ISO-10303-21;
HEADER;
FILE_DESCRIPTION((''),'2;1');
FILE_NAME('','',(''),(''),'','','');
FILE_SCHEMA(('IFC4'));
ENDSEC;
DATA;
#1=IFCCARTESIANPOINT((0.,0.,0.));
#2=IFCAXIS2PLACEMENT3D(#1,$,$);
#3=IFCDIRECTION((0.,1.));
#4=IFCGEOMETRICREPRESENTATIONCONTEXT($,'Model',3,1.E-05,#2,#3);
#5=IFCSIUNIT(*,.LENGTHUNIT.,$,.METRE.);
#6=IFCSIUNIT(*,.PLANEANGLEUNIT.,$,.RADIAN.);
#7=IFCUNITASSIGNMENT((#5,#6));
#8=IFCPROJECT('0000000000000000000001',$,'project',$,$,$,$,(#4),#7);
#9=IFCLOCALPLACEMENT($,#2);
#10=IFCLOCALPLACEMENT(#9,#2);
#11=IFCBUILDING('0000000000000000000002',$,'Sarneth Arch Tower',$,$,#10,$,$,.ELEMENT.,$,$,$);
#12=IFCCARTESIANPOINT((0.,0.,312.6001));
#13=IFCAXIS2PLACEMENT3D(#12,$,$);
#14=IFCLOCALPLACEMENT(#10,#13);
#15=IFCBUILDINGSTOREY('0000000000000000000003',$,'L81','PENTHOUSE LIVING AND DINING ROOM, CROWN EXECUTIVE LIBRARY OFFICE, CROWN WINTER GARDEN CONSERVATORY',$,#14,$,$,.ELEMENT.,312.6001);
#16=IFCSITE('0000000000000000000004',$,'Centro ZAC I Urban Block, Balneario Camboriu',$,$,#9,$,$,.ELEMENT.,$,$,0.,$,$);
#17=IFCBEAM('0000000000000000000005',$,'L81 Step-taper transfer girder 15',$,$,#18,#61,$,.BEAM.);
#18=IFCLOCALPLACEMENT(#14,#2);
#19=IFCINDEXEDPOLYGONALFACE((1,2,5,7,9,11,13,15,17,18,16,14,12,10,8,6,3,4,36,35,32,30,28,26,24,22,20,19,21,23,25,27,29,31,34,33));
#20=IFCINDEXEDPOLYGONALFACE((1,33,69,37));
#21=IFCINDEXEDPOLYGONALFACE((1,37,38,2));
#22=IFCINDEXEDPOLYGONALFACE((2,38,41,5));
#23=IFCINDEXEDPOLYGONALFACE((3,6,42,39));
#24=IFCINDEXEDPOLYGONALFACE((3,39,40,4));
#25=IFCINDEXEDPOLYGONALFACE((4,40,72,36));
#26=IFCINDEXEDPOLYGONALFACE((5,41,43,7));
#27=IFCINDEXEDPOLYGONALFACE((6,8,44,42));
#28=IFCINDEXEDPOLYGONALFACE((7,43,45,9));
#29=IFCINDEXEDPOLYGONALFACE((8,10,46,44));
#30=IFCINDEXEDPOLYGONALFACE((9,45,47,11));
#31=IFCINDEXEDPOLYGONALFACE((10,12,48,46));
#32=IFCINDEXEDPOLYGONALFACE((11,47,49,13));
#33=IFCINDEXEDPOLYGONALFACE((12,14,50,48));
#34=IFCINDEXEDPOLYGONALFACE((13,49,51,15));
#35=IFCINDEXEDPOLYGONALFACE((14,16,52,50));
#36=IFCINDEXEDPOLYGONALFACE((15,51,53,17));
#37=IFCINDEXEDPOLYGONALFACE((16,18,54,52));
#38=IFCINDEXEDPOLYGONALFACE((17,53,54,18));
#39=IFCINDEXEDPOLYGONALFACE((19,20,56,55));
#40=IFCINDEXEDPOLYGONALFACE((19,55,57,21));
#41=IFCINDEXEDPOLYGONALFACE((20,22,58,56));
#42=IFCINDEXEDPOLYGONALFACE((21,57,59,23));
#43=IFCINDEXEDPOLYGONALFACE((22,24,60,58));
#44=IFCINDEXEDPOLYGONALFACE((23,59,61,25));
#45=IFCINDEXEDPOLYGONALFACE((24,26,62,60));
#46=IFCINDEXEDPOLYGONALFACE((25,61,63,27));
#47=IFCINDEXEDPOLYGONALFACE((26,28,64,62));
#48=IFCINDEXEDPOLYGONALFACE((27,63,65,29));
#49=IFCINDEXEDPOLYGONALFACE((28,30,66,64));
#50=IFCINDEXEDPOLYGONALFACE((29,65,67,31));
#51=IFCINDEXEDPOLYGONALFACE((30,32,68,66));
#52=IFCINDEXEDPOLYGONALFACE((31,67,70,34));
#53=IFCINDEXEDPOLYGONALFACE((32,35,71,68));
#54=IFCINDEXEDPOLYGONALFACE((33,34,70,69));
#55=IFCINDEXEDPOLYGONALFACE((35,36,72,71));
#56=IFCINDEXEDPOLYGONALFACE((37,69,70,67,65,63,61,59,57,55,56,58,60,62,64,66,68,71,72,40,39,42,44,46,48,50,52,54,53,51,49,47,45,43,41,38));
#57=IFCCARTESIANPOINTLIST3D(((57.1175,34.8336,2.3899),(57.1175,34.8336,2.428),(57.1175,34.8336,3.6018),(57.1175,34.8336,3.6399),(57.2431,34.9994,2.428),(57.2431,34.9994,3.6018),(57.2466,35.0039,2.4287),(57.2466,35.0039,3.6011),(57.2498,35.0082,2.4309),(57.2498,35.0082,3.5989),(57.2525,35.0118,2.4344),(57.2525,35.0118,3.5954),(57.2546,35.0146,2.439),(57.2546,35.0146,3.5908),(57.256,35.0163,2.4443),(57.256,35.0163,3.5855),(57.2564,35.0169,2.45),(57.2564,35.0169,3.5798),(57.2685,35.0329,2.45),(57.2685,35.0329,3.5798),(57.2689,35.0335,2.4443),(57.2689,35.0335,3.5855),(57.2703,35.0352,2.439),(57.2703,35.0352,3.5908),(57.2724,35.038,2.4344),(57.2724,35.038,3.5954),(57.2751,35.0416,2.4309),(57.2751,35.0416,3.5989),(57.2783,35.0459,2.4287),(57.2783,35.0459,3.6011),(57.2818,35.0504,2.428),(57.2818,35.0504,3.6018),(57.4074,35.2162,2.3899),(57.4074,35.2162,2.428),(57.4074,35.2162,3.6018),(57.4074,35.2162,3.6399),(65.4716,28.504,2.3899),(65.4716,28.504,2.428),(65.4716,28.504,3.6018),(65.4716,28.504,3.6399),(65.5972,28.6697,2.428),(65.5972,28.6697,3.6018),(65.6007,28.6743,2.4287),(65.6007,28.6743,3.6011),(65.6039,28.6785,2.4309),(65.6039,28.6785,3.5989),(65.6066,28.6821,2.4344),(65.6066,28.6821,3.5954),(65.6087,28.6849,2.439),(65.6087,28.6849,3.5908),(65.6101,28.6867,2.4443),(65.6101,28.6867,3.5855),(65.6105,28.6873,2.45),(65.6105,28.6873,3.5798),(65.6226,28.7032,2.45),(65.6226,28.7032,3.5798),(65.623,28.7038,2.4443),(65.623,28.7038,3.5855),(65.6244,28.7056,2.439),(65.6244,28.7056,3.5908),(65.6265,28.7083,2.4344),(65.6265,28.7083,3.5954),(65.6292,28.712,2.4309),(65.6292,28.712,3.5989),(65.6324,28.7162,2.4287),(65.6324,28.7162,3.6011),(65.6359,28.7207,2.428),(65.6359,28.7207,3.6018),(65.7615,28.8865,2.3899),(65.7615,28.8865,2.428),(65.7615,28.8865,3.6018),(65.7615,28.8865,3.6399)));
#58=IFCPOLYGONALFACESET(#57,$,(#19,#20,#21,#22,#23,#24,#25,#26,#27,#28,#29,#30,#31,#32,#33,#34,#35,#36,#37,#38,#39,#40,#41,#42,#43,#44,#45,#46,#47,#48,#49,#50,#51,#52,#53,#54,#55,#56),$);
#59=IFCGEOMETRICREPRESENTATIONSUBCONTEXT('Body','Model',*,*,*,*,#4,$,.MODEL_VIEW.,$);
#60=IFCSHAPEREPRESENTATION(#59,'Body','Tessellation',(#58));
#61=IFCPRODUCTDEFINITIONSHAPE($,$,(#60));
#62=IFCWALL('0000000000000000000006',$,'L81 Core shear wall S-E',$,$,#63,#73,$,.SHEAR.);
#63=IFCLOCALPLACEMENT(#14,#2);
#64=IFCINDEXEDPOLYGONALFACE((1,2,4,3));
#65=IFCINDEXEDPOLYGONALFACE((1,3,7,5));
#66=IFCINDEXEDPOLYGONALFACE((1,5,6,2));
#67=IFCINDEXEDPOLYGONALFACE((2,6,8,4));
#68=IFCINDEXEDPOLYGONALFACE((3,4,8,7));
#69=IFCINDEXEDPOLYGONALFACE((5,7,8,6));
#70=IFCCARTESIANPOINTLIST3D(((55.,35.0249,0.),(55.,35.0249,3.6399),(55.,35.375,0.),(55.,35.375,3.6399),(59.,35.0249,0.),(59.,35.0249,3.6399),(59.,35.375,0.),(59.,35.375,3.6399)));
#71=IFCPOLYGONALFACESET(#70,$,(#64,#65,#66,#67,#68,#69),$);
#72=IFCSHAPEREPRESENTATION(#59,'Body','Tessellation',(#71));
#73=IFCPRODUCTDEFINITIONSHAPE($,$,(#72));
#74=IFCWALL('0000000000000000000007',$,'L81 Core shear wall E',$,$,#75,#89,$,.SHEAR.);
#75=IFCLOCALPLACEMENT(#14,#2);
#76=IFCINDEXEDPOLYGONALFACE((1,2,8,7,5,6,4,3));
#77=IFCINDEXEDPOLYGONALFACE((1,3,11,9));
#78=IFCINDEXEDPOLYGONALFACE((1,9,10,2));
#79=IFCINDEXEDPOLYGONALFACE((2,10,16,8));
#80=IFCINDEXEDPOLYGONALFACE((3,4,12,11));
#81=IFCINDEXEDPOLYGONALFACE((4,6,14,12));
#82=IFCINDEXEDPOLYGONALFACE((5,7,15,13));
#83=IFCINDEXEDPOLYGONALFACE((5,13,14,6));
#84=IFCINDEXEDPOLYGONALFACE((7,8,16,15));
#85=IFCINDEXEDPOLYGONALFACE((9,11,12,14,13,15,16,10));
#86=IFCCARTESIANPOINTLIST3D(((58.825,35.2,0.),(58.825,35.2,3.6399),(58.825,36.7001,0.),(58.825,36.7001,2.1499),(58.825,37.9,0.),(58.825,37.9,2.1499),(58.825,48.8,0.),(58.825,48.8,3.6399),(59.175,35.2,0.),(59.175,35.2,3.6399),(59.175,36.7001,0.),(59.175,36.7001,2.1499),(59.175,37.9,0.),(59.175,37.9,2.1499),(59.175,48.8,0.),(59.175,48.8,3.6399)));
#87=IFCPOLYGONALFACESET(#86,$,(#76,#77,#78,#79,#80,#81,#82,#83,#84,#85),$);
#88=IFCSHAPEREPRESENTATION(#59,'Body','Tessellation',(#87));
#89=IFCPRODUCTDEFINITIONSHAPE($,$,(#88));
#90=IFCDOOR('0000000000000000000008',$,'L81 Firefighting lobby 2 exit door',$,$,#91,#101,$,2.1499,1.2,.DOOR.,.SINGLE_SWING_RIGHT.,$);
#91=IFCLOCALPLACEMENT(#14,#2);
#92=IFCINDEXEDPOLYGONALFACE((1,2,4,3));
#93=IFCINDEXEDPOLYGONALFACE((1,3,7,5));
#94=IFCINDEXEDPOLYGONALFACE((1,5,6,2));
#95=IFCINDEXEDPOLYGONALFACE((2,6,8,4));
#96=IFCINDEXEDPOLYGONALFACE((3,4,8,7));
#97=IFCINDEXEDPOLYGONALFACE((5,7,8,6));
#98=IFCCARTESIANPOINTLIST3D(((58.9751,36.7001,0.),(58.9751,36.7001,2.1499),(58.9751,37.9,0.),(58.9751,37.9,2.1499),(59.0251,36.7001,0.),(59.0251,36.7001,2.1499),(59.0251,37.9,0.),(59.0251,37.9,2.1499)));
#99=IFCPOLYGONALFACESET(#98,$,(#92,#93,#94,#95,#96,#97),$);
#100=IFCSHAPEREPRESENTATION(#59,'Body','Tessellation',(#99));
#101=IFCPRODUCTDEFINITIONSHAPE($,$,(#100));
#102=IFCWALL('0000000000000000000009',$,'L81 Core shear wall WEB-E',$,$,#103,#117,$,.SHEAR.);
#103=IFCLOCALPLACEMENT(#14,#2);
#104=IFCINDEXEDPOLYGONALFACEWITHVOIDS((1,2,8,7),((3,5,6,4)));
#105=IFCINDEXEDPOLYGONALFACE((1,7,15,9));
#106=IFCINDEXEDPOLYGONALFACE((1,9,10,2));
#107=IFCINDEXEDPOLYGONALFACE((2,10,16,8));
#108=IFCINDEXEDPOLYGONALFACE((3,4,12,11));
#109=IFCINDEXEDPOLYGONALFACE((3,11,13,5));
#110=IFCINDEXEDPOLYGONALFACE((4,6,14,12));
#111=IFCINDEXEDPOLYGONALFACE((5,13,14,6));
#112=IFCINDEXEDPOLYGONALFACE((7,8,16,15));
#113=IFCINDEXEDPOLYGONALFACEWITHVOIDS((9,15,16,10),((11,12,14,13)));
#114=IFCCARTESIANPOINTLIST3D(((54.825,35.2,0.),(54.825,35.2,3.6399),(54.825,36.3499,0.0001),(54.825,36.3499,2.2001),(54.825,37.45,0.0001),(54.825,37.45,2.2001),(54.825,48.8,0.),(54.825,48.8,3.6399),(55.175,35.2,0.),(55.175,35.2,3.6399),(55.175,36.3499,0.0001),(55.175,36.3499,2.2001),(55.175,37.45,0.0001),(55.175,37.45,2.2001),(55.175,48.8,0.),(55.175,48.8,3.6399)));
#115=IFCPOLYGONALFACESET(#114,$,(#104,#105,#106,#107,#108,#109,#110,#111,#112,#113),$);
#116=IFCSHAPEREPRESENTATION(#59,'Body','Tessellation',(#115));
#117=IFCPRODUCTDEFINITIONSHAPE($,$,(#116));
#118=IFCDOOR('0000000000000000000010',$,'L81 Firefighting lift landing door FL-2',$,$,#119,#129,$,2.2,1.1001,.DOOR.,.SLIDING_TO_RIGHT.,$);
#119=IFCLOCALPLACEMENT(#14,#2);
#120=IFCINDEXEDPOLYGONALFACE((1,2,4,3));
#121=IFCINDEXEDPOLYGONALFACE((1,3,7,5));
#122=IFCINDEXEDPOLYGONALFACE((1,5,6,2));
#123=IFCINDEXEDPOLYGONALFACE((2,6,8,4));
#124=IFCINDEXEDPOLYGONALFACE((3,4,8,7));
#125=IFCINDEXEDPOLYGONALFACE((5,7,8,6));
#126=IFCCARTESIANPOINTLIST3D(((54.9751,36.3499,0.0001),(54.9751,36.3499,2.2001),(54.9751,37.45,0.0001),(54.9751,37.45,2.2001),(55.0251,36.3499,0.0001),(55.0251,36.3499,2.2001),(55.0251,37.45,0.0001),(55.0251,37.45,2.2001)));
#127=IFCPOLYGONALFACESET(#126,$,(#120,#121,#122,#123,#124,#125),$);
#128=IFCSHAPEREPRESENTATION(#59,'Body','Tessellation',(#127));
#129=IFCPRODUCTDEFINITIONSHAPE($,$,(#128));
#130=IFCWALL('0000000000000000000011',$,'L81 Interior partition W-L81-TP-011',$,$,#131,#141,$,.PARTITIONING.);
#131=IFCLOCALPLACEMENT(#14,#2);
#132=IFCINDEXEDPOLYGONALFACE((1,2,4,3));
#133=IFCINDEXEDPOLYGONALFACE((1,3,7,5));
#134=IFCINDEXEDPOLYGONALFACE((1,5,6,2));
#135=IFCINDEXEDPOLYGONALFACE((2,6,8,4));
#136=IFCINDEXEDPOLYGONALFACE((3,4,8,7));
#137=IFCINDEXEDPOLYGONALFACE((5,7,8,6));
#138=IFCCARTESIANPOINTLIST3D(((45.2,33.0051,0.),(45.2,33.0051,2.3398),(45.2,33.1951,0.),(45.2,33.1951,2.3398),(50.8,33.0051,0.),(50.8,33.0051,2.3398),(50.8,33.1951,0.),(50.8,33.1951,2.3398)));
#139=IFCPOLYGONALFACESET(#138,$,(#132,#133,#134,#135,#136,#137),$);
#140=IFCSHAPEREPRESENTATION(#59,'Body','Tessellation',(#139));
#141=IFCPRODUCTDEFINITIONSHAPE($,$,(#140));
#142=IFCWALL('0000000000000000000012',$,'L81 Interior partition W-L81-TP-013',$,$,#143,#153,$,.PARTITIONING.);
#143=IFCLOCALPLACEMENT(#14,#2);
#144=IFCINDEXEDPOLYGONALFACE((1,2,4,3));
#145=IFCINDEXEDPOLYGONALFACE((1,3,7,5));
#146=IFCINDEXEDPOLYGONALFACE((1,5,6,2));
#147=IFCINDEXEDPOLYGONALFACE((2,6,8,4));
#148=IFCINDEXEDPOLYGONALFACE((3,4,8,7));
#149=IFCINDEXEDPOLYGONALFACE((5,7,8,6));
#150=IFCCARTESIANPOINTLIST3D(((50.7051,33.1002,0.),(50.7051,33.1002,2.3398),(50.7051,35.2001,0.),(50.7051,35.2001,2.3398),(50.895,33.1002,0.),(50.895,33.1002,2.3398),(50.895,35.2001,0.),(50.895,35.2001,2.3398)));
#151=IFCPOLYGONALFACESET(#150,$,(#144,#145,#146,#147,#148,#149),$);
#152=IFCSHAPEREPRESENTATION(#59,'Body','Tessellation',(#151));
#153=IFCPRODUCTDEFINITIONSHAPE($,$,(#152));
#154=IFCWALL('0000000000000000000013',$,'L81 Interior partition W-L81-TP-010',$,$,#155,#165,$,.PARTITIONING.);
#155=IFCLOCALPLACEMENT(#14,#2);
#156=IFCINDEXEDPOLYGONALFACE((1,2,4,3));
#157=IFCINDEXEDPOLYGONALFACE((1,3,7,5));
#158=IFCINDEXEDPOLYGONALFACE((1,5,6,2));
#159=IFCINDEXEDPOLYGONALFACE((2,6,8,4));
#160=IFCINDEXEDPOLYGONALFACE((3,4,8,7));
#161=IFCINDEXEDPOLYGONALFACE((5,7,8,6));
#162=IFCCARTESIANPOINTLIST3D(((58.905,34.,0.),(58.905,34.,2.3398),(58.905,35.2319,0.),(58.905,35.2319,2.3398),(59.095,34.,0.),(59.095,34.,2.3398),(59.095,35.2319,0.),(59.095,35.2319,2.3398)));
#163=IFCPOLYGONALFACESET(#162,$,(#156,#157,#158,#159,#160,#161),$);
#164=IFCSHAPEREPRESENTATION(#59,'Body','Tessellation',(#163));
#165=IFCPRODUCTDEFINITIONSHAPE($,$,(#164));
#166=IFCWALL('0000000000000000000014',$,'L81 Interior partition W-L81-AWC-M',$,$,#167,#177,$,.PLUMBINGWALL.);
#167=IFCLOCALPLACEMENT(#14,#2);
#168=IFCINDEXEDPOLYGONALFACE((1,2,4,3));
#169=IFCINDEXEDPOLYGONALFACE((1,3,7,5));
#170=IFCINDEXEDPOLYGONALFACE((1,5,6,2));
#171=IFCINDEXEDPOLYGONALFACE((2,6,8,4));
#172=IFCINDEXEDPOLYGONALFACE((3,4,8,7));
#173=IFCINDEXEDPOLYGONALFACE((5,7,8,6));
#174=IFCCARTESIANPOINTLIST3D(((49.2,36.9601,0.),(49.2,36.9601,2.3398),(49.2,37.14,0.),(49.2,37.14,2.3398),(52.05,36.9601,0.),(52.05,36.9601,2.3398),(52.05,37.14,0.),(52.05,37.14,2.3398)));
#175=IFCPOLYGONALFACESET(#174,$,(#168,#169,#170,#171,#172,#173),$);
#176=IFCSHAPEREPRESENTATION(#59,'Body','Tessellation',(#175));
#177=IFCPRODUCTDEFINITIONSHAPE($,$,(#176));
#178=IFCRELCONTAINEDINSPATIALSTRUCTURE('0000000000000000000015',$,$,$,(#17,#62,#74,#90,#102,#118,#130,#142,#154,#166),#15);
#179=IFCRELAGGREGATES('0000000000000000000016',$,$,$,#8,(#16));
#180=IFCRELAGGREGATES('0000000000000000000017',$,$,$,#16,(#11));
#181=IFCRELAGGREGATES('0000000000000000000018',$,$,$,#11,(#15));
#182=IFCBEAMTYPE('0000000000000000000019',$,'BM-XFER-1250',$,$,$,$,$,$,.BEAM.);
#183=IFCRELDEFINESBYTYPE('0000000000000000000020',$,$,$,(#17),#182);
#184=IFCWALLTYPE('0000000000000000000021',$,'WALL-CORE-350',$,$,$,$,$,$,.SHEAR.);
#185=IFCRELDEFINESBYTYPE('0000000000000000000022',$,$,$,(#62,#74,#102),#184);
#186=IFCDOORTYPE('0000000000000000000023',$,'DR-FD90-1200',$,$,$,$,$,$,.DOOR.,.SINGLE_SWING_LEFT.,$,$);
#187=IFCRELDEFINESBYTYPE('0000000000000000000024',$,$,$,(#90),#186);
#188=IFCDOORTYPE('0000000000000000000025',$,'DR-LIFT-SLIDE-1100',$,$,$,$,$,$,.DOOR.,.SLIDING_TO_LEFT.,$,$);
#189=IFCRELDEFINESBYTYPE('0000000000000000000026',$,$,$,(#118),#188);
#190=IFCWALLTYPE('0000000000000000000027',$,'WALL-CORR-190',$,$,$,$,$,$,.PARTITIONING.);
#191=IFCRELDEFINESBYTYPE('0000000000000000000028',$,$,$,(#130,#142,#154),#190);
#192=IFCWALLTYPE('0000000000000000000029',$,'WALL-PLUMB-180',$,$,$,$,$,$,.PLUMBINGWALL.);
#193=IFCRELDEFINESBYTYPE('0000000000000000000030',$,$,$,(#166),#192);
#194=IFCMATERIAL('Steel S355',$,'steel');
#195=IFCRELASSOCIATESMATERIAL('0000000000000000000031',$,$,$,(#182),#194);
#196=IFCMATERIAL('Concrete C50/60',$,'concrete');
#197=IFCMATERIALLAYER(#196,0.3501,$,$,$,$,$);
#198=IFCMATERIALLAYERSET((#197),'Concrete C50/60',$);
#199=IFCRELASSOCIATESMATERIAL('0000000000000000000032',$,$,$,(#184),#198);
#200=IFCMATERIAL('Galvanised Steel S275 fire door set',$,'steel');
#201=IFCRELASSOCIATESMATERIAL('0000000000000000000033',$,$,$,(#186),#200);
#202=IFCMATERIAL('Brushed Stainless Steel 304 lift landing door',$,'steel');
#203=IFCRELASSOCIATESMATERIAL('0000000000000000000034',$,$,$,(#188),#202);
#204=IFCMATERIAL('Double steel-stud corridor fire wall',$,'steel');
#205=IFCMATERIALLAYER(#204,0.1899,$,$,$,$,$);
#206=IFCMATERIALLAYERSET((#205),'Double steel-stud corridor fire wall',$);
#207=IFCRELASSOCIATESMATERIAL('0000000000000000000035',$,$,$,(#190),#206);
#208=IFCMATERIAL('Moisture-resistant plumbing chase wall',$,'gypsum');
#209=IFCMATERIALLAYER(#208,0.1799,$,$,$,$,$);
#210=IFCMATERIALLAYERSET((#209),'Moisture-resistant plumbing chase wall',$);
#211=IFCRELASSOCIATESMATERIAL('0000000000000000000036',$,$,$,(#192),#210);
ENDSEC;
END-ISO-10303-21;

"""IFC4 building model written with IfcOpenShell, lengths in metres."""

from ifc_helpers import new_model, si_unit, direction, frame, frame_2d, origin, origin_2d, place, context, subcontext, project, spatial, rectangle, i_section, extrude, material, layer, layer_set, material_profile, profile_set, type_object, element, fill, save


model = new_model("IFC4")

# Units and contexts
model_context = context("Model", 3, precision=1e-05, world=origin(), true_north=direction((0.0, 1.0)))
body_context = subcontext(model_context, "Body", "Model", "MODEL_VIEW")
ifc_project = project(units=[si_unit("LENGTHUNIT", "METRE"), si_unit("PLANEANGLEUNIT", "RADIAN")], contexts=[model_context])

# Site, building, storey
site_placement = place(None, origin())
site = spatial("IfcSite", under=ifc_project, at=site_placement, Name="Centro ZAC I Urban Block, Balneario Camboriu", CompositionType="ELEMENT", RefElevation=0.0)
building_placement = place(site_placement, origin())
building = spatial("IfcBuilding", under=site, at=building_placement, Name="Sarneth Arch Tower", CompositionType="ELEMENT")
storey_placement = place(building_placement, frame((0.0, 0.0, 312.6001)))
storey = spatial("IfcBuildingStorey", under=building, at=storey_placement, Name="L81", Description="PENTHOUSE LIVING AND DINING ROOM, CROWN EXECUTIVE LIBRARY OFFICE, CROWN WINTER GARDEN CONSERVATORY", CompositionType="ELEMENT", Elevation=312.6001)

# Beam
ifc_material_1 = material(Name="Steel S355", Category="steel")
ifc_material_profile_1 = material_profile(ifc_material_1, i_section(OverallWidth=0.48, OverallDepth=1.25, WebThickness=0.02, FlangeThickness=0.0381, FilletRadius=0.022, at=origin_2d()), Name="CVS1250x520")
ifc_profile_set_1 = profile_set([ifc_material_profile_1], Name="Steel S355")
beam_type_1 = type_object("IfcBeamType", Name="BM-XFER-1250", PredefinedType="BEAM", material=ifc_profile_set_1)
beam_1_placement = place(storey_placement, frame((57.2625, 35.0249, 3.0149), z_axis=(0.797055, -0.603906, 0.0), x_axis=(0.603906, 0.797055, 0.0)))
element("IfcBeam", 1, at=beam_1_placement, inside=storey, type_object=beam_type_1, Name="L81 Step-taper transfer girder 15", PredefinedType="BEAM", context=body_context, shape_type="SweptSolid", body=[
    extrude(i_section(OverallWidth=0.48, OverallDepth=1.25, WebThickness=0.02, FlangeThickness=0.0381, FilletRadius=0.022, at=origin_2d()), origin(), (0.0, 0.0, 1.0), 10.4812),
])

# Wall
ifc_material_2 = material(Name="Concrete C50/60", Category="concrete")
ifc_layer_1 = layer(ifc_material_2, 0.3501)
ifc_layer_set_1 = layer_set([ifc_layer_1], Name="Concrete C50/60")
wall_type_1 = type_object("IfcWallType", Name="WALL-CORE-350", PredefinedType="SHEAR", material=ifc_layer_set_1)
wall_1_placement = place(storey_placement, frame((55.0, 35.2, 0.0), z_axis=(0.0, 0.0, 1.0), x_axis=(1.0, 0.0, 0.0)))
element("IfcWall", 2, at=wall_1_placement, inside=storey, type_object=wall_type_1, Name="L81 Core shear wall S-E", PredefinedType="SHEAR", context=body_context, shape_type="SweptSolid", body=[
    extrude(rectangle(XDim=4.0, YDim=0.3501, at=frame_2d((2.0, 0.0))), origin(), (0.0, 0.0, 1.0), 3.6399),
])

# Walls, openings, doors
wall_2_placement = place(storey_placement, frame((59.0, 35.2, 0.0), z_axis=(0.0, 0.0, 1.0), x_axis=(0.0, 1.0, 0.0)))
wall_2 = element("IfcWall", 3, at=wall_2_placement, inside=storey, type_object=wall_type_1, Name="L81 Core shear wall E", PredefinedType="SHEAR", context=body_context, shape_type="SweptSolid", body=[
    extrude(rectangle(XDim=13.6001, YDim=0.3501, at=frame_2d((6.8, 0.0))), origin(), (0.0, 0.0, 1.0), 3.6399),
])
opening_1_placement = place(wall_2_placement, frame((1.5, 0.0, 0.0)))
opening_1 = element("IfcOpeningElement", 4, at=opening_1_placement, cuts=wall_2, PredefinedType="OPENING", context=body_context, shape_type="SweptSolid", body=[
    extrude(rectangle(XDim=1.2, YDim=2.1499, at=frame_2d((0.6001, 1.075))), frame((0.0, 0.1851, 0.0), z_axis=(0.0, -1.0, 0.0), x_axis=(1.0, 0.0, 0.0)), (0.0, 0.0, 1.0), 0.3701),
])
ifc_material_3 = material(Name="Galvanised Steel S275 fire door set", Category="steel")
door_type_1 = type_object("IfcDoorType", Name="DR-FD90-1200", OperationType="SINGLE_SWING_LEFT", PredefinedType="DOOR", material=ifc_material_3)
door_1_placement = place(opening_1_placement, origin())
door_1 = element("IfcDoor", 5, at=door_1_placement, inside=storey, type_object=door_type_1, Name="L81 Firefighting lobby 2 exit door", OperationType="SINGLE_SWING_RIGHT", OverallHeight=2.1499, OverallWidth=1.2, PredefinedType="DOOR", context=body_context, shape_type="SweptSolid", body=[
    extrude(rectangle(XDim=1.2, YDim=2.1499, at=frame_2d((0.6001, 1.075))), frame((0.0, 0.0249, 0.0), z_axis=(0.0, -1.0, 0.0), x_axis=(1.0, 0.0, 0.0)), (0.0, 0.0, 1.0), 0.05),
])
fill(opening_1, door_1)
wall_3_placement = place(storey_placement, frame((55.0, 35.2, 0.0), z_axis=(0.0, 0.0, 1.0), x_axis=(0.0, 1.0, 0.0)))
wall_3 = element("IfcWall", 6, at=wall_3_placement, inside=storey, type_object=wall_type_1, Name="L81 Core shear wall WEB-E", PredefinedType="SHEAR", context=body_context, shape_type="SweptSolid", body=[
    extrude(rectangle(XDim=13.6001, YDim=0.3501, at=frame_2d((6.8, 0.0))), origin(), (0.0, 0.0, 1.0), 3.6399),
])
opening_2_placement = place(wall_3_placement, frame((1.1499, 0.0, 0.0)))
opening_2 = element("IfcOpeningElement", 7, at=opening_2_placement, cuts=wall_3, PredefinedType="OPENING", context=body_context, shape_type="SweptSolid", body=[
    extrude(rectangle(XDim=1.1001, YDim=2.2, at=frame_2d((0.55, 1.1001))), frame((0.0, 0.1851, 0.0), z_axis=(0.0, -1.0, 0.0), x_axis=(1.0, 0.0, 0.0)), (0.0, 0.0, 1.0), 0.3701),
])
ifc_material_4 = material(Name="Brushed Stainless Steel 304 lift landing door", Category="steel")
door_type_2 = type_object("IfcDoorType", Name="DR-LIFT-SLIDE-1100", OperationType="SLIDING_TO_LEFT", PredefinedType="DOOR", material=ifc_material_4)
door_2_placement = place(opening_2_placement, origin())
door_2 = element("IfcDoor", 8, at=door_2_placement, inside=storey, type_object=door_type_2, Name="L81 Firefighting lift landing door FL-2", OperationType="SLIDING_TO_RIGHT", OverallHeight=2.2, OverallWidth=1.1001, PredefinedType="DOOR", context=body_context, shape_type="SweptSolid", body=[
    extrude(rectangle(XDim=1.1001, YDim=2.2, at=frame_2d((0.55, 1.1001))), frame((0.0, 0.0249, 0.0), z_axis=(0.0, -1.0, 0.0), x_axis=(1.0, 0.0, 0.0)), (0.0, 0.0, 1.0), 0.05),
])
fill(opening_2, door_2)

# Walls
ifc_material_5 = material(Name="Double steel-stud corridor fire wall", Category="steel")
ifc_layer_2 = layer(ifc_material_5, 0.1899)
ifc_layer_set_2 = layer_set([ifc_layer_2], Name="Double steel-stud corridor fire wall")
wall_type_2 = type_object("IfcWallType", Name="WALL-CORR-190", PredefinedType="PARTITIONING", material=ifc_layer_set_2)
wall_4_placement = place(storey_placement, frame((50.8, 33.1001, 0.0), z_axis=(0.0, 0.0, 1.0), x_axis=(-1.0, 0.0, 0.0)))
element("IfcWall", 9, at=wall_4_placement, inside=storey, type_object=wall_type_2, Name="L81 Interior partition W-L81-TP-011", PredefinedType="PARTITIONING", context=body_context, shape_type="SweptSolid", body=[
    extrude(rectangle(XDim=5.6001, YDim=0.1899, at=frame_2d((2.8, 0.0))), origin(), (0.0, 0.0, 1.0), 2.3398),
])
wall_5_placement = place(storey_placement, frame((50.8, 35.2, 0.0), z_axis=(0.0, 0.0, 1.0), x_axis=(0.0, -1.0, 0.0)))
element("IfcWall", 10, at=wall_5_placement, inside=storey, type_object=wall_type_2, Name="L81 Interior partition W-L81-TP-013", PredefinedType="PARTITIONING", context=body_context, shape_type="SweptSolid", body=[
    extrude(rectangle(XDim=2.0999, YDim=0.1899, at=frame_2d((1.0498, 0.0))), origin(), (0.0, 0.0, 1.0), 2.3398),
])
wall_6_placement = place(storey_placement, frame((59.0, 34.0, 0.0), z_axis=(0.0, 0.0, 1.0), x_axis=(0.0, 1.0, 0.0)))
element("IfcWall", 11, at=wall_6_placement, inside=storey, type_object=wall_type_2, Name="L81 Interior partition W-L81-TP-010", PredefinedType="PARTITIONING", context=body_context, shape_type="SweptSolid", body=[
    extrude(rectangle(XDim=1.2319, YDim=0.1899, at=frame_2d((0.616, 0.0))), origin(), (0.0, 0.0, 1.0), 2.3398),
])

# Wall
ifc_material_6 = material(Name="Moisture-resistant plumbing chase wall", Category="gypsum")
ifc_layer_3 = layer(ifc_material_6, 0.1799)
ifc_layer_set_3 = layer_set([ifc_layer_3], Name="Moisture-resistant plumbing chase wall")
wall_type_3 = type_object("IfcWallType", Name="WALL-PLUMB-180", PredefinedType="PLUMBINGWALL", material=ifc_layer_set_3)
for number, where, z_axis, x_axis, name in (
    (12, (49.2, 37.05, 0.0), (0.0, 0.0, 1.0), (1.0, 0.0, 0.0), "L81 Interior partition W-L81-AWC-M"),
):
    element("IfcWall", number, at=place(storey_placement, frame(where, z_axis=z_axis, x_axis=x_axis)), inside=storey, type_object=wall_type_3, Name=name, PredefinedType="PLUMBINGWALL", context=body_context, shape_type="SweptSolid", body=[
        extrude(rectangle(XDim=2.8501, YDim=0.1799, at=frame_2d((1.425, 0.0))), origin(), (0.0, 0.0, 1.0), 2.3398),
    ])

save(model, "model.ifc")
